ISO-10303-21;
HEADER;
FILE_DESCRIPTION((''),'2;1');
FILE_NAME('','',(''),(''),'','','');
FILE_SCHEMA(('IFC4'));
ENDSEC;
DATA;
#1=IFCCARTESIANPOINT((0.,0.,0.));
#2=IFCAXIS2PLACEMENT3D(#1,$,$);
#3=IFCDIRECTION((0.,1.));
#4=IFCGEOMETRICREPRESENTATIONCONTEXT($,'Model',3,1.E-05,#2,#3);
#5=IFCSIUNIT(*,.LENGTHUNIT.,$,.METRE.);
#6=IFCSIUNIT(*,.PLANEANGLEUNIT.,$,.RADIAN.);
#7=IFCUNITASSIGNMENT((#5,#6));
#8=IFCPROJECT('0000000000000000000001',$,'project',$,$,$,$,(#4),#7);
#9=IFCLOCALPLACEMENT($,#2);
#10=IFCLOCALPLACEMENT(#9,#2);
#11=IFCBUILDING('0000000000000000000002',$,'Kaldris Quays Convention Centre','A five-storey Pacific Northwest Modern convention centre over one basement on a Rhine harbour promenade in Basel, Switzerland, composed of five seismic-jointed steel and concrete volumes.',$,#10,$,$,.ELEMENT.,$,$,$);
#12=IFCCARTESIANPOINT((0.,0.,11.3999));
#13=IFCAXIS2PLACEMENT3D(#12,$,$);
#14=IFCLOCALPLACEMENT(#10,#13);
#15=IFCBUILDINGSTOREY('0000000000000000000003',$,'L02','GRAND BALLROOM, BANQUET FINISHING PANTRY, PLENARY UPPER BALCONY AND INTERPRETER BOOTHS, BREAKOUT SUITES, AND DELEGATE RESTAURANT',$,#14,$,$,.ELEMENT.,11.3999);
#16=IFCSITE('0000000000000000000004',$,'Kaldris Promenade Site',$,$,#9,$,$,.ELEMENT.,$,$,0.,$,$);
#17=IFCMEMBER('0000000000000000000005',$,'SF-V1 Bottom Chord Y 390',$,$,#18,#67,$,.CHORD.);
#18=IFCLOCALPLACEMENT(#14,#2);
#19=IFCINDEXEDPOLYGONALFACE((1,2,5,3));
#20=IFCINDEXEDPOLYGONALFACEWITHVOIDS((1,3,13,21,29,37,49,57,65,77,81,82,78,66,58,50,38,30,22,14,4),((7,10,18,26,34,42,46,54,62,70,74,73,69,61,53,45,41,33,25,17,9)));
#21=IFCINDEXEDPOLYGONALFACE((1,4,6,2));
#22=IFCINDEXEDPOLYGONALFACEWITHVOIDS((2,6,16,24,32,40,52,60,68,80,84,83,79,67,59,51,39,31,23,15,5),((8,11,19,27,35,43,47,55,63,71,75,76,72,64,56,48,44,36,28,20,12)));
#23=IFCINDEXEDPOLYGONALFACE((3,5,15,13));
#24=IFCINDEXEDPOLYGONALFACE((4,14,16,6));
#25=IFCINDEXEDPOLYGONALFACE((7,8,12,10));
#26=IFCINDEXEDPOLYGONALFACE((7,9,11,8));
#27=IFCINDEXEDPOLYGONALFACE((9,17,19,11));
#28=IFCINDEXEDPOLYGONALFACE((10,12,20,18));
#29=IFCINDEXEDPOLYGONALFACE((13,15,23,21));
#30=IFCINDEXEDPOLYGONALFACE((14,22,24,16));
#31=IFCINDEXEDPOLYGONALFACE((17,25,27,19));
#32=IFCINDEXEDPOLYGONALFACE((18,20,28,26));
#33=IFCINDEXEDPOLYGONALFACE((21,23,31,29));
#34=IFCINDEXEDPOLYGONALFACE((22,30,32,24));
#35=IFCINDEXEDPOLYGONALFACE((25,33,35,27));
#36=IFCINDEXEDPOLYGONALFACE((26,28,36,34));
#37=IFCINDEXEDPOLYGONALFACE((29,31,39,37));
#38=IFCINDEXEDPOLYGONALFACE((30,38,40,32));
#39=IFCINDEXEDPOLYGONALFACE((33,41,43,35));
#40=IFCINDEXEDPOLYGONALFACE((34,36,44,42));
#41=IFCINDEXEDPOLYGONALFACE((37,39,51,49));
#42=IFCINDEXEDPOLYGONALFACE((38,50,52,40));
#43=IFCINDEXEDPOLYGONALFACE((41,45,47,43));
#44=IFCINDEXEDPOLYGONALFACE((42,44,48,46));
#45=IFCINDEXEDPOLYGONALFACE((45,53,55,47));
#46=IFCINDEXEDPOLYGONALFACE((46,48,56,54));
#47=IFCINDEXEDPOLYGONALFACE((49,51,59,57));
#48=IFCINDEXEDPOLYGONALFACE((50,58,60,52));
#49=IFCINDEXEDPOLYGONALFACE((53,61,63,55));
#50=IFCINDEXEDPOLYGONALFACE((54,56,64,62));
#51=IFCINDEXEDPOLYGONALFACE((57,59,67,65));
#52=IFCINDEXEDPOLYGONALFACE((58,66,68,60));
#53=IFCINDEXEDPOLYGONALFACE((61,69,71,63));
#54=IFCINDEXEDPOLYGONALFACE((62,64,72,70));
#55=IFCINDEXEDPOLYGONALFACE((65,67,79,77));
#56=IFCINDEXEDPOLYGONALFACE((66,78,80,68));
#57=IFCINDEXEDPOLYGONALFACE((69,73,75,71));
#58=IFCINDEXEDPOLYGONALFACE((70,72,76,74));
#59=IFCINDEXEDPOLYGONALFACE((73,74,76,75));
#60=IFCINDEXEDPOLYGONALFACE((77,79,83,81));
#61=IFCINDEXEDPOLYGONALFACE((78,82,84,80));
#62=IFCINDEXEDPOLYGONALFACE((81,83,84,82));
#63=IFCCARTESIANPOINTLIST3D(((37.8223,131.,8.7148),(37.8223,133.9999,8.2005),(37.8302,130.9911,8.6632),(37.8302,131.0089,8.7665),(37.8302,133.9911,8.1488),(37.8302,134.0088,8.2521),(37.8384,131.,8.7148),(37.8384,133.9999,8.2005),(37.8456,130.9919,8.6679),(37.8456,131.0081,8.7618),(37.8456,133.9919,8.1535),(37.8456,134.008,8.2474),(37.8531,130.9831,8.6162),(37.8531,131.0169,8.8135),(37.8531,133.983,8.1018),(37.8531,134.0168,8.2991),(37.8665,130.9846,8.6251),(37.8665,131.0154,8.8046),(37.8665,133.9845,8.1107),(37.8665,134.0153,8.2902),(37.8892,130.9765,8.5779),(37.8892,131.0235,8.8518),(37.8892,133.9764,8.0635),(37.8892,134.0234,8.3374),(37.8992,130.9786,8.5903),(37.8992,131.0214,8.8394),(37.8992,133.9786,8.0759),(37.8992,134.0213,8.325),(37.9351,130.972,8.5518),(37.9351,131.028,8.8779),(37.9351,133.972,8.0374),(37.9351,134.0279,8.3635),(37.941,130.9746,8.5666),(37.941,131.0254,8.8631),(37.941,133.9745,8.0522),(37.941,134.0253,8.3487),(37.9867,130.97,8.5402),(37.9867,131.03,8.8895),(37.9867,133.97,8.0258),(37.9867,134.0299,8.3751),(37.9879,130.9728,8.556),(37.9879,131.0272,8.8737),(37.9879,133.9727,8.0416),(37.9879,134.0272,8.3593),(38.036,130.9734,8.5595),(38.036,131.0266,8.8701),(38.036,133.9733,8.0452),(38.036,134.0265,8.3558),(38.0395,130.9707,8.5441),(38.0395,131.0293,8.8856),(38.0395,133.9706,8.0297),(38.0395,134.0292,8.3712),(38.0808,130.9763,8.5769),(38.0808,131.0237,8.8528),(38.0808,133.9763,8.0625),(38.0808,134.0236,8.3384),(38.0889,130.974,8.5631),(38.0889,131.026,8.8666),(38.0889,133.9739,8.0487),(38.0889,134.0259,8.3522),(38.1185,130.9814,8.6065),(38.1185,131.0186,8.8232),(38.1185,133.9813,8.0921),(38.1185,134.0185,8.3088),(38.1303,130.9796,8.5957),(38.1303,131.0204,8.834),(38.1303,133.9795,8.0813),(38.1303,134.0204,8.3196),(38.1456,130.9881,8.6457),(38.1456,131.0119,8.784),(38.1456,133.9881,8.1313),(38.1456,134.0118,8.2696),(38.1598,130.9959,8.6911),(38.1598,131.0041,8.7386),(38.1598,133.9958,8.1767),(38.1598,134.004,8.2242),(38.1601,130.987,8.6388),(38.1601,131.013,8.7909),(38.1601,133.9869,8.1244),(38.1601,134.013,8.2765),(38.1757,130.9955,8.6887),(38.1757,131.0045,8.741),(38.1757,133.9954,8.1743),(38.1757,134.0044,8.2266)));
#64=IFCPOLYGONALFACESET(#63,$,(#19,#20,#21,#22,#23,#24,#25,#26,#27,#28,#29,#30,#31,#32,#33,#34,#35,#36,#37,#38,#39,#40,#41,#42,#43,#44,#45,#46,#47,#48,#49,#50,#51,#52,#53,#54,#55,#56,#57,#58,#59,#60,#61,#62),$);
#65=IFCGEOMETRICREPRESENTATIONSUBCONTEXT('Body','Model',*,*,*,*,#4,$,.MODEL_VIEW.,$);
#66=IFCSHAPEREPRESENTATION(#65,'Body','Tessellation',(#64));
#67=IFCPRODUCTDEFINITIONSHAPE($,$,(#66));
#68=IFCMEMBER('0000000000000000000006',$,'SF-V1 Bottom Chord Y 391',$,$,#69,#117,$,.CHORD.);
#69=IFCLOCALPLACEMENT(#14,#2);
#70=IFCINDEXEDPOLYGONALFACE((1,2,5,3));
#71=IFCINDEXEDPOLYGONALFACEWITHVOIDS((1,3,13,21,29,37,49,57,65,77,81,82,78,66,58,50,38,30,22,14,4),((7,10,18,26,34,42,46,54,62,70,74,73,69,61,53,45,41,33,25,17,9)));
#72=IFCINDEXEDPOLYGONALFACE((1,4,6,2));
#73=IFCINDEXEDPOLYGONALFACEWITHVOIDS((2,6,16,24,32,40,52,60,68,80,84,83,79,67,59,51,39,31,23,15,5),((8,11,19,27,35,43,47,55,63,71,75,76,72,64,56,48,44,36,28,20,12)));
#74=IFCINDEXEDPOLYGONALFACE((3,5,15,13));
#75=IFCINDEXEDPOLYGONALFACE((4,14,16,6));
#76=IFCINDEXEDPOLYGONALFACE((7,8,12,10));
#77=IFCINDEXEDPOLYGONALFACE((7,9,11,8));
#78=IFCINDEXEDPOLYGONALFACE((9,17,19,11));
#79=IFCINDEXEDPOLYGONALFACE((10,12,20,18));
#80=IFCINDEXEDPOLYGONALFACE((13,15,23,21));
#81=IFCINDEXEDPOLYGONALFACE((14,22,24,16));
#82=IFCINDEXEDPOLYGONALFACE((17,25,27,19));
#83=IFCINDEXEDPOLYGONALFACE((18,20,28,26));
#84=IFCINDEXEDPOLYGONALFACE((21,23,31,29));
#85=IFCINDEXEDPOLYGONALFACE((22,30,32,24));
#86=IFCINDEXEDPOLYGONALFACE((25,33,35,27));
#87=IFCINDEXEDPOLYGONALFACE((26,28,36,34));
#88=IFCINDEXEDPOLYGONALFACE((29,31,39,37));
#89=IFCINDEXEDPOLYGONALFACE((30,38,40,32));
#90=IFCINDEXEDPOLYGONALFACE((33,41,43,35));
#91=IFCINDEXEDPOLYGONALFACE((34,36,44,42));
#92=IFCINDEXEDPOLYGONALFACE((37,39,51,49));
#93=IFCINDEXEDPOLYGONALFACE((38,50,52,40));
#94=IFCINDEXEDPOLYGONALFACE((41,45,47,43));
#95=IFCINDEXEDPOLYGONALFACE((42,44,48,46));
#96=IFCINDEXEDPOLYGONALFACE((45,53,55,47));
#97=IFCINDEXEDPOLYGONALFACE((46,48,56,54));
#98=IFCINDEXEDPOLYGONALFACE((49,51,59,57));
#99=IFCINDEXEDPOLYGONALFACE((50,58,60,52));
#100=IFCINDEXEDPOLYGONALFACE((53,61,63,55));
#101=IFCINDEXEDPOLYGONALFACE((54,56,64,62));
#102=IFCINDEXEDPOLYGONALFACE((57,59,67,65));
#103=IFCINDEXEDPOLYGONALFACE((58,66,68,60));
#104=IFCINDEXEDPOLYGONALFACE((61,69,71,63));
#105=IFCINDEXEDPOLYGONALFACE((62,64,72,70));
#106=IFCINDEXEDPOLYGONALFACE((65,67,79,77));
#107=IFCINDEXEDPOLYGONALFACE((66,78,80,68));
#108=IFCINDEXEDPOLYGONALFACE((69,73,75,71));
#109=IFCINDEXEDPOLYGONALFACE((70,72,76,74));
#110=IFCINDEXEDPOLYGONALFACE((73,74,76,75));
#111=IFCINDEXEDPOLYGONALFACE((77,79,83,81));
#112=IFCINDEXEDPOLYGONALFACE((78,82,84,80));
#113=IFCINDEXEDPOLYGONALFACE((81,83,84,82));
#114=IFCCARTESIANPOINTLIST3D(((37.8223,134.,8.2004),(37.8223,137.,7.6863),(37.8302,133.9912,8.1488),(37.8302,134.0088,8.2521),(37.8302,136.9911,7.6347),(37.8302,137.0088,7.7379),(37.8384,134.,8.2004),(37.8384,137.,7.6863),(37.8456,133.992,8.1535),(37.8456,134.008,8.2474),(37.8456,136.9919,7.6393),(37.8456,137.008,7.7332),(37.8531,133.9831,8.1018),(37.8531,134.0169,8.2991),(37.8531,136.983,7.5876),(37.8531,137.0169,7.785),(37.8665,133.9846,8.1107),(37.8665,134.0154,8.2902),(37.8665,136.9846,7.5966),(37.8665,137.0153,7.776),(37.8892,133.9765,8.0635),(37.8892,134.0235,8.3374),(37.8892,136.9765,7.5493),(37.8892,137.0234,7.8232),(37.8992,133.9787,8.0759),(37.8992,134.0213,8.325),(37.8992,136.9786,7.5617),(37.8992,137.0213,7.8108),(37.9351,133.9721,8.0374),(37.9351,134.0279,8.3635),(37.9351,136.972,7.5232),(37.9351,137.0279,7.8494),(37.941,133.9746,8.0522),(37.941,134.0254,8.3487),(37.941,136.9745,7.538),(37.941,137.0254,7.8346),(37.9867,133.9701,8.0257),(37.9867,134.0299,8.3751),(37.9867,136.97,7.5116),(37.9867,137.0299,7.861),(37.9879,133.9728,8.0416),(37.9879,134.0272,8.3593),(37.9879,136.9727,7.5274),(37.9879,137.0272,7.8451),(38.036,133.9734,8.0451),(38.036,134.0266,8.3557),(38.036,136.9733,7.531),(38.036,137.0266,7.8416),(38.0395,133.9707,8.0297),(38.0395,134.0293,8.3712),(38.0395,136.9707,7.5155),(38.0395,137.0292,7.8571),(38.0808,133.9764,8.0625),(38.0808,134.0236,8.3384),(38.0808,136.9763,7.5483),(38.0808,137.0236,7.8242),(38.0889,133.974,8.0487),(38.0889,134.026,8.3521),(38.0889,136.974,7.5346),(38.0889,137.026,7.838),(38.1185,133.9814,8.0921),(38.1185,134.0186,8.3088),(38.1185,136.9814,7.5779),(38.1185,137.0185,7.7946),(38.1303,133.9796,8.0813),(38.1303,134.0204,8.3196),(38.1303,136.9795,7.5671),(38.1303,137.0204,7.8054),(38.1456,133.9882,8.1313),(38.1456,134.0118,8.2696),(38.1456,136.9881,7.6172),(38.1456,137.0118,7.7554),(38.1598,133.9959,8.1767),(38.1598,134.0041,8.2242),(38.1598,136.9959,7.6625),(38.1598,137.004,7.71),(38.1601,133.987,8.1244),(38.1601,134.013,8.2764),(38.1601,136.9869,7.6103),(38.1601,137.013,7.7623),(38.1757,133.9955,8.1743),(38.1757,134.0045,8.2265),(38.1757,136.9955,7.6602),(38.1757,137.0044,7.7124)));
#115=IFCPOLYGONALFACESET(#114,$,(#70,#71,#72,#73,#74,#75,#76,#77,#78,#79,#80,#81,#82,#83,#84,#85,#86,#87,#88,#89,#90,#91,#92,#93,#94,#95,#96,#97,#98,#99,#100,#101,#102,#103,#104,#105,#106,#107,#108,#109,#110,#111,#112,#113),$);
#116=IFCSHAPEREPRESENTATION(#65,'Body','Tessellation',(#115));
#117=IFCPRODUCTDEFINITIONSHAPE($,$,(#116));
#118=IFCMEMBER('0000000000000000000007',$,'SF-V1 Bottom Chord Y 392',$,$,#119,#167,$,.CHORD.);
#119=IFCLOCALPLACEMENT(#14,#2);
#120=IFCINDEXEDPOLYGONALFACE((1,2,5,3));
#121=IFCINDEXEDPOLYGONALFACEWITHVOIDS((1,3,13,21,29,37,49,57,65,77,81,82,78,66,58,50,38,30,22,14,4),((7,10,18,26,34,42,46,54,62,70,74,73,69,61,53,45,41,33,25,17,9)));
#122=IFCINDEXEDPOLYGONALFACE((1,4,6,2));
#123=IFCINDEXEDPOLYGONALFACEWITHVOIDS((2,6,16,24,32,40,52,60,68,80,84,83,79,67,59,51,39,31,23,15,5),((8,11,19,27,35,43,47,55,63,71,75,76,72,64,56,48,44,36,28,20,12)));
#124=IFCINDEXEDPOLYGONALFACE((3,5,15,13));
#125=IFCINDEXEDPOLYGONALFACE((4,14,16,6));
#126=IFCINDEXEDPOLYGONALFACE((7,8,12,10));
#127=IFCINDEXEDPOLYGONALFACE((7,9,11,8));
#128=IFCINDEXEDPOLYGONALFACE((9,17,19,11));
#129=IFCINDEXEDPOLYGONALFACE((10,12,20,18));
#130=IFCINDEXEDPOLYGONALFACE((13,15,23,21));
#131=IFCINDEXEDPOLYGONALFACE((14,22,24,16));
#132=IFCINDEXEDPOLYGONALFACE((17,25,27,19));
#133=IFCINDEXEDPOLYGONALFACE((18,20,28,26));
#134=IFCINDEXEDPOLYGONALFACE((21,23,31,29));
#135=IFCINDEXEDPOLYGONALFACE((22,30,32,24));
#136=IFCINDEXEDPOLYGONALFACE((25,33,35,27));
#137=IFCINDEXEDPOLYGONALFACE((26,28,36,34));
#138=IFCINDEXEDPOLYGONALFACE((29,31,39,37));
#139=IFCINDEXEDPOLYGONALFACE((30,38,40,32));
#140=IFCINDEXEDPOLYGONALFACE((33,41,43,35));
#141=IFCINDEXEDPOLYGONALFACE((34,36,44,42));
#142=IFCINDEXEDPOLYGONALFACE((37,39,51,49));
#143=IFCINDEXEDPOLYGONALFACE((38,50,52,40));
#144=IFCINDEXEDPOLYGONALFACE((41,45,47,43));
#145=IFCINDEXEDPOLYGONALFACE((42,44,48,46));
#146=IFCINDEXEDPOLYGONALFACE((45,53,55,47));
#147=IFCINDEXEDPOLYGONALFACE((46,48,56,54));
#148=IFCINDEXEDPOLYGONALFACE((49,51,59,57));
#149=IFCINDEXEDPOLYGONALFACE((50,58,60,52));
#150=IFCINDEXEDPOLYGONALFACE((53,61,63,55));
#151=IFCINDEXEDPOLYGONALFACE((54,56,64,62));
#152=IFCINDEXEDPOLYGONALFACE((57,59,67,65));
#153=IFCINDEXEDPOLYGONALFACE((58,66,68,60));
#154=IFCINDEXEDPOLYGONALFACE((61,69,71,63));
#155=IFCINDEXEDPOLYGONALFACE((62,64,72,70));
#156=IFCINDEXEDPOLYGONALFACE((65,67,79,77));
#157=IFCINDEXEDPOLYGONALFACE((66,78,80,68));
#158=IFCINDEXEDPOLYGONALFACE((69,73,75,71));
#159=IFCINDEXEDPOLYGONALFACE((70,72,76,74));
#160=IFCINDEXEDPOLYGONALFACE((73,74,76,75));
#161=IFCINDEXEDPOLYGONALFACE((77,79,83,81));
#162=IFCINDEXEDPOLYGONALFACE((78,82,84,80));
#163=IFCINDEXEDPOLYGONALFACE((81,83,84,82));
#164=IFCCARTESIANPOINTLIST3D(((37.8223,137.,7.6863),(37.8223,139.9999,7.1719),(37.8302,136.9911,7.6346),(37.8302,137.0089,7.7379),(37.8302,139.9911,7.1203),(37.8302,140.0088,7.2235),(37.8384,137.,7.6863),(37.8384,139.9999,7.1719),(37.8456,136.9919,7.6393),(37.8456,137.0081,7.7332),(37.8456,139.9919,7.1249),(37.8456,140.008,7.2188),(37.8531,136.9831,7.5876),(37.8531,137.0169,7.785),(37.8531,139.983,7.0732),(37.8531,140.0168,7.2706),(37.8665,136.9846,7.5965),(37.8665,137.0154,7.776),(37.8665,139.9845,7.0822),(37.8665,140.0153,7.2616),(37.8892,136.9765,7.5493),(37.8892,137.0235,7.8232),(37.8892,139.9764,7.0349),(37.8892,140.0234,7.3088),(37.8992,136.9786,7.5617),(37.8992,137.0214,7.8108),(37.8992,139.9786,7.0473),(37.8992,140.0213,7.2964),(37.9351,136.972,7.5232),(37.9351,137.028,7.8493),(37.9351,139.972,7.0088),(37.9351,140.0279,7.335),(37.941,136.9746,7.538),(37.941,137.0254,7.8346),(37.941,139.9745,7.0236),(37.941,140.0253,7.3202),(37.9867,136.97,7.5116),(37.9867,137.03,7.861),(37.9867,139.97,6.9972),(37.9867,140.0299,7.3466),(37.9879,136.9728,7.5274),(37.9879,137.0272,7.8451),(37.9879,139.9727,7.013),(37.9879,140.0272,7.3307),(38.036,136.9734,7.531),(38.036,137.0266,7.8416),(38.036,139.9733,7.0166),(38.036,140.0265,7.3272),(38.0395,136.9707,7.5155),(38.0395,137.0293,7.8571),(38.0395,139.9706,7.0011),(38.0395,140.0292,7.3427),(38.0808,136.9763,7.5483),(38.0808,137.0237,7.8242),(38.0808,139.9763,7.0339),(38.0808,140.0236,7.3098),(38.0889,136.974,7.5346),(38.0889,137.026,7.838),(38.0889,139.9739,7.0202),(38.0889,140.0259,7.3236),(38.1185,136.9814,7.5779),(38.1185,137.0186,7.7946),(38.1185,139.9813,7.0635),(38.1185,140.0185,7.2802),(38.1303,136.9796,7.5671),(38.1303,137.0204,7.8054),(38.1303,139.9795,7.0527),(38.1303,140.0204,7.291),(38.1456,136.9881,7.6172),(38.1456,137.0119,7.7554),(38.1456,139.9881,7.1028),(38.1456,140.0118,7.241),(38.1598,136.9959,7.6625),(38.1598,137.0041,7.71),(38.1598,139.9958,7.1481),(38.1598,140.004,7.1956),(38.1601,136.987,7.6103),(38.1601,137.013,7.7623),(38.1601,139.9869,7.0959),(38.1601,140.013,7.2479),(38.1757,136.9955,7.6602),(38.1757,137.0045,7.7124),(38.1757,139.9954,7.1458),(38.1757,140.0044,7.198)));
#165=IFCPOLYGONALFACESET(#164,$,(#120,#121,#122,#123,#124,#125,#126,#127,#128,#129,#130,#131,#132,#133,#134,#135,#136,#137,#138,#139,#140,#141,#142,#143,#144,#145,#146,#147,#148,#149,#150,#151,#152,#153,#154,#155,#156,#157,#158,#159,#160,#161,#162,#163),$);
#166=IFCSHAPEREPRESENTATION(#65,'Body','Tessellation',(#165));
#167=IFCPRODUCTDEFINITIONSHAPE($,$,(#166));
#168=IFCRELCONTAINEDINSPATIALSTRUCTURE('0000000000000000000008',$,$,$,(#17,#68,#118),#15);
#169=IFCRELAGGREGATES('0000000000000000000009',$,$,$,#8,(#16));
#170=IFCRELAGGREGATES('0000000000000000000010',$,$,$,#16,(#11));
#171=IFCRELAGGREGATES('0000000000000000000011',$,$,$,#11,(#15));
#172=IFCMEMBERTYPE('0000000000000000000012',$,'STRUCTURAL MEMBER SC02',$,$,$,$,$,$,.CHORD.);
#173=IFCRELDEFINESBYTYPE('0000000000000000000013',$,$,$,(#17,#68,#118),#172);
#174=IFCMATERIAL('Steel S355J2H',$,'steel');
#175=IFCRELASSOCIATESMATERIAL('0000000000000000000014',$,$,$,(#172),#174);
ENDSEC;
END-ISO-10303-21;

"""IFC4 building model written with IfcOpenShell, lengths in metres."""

from ifc_helpers import new_model, si_unit, direction, frame, origin, origin_2d, place, context, subcontext, project, spatial, hollow_circle, extrude, material, material_profile, profile_set, type_object, element, save


model = new_model("IFC4")

# Units and contexts
model_context = context("Model", 3, precision=1e-05, world=origin(), true_north=direction((0.0, 1.0)))
body_context = subcontext(model_context, "Body", "Model", "MODEL_VIEW")
ifc_project = project(units=[si_unit("LENGTHUNIT", "METRE"), si_unit("PLANEANGLEUNIT", "RADIAN")], contexts=[model_context])

# Site, building, storey
site_placement = place(None, origin())
site = spatial("IfcSite", under=ifc_project, at=site_placement, Name="Kaldris Promenade Site", CompositionType="ELEMENT", RefElevation=0.0)
building_placement = place(site_placement, origin())
building = spatial("IfcBuilding", under=site, at=building_placement, Name="Kaldris Quays Convention Centre", Description="A five-storey Pacific Northwest Modern convention centre over one basement on a Rhine harbour promenade in Basel, Switzerland, composed of five seismic-jointed steel and concrete volumes.", CompositionType="ELEMENT")
storey_placement = place(building_placement, frame((0.0, 0.0, 11.3999)))
storey = spatial("IfcBuildingStorey", under=building, at=storey_placement, Name="L02", Description="GRAND BALLROOM, BANQUET FINISHING PANTRY, PLENARY UPPER BALCONY AND INTERPRETER BOOTHS, BREAKOUT SUITES, AND DELEGATE RESTAURANT", CompositionType="ELEMENT", Elevation=11.3999)

# Members
ifc_material = material(Name="Steel S355J2H", Category="steel")
ifc_material_profile_1 = material_profile(ifc_material, hollow_circle(Radius=0.1777, WallThickness=0.0161, at=origin_2d()), Name="CHS 355.6x16")
ifc_profile_set_1 = profile_set([ifc_material_profile_1], Name="Steel S355J2H")
member_type_1 = type_object("IfcMemberType", Name="STRUCTURAL MEMBER SC02", PredefinedType="CHORD", material=ifc_profile_set_1)
for number, where, z_axis, x_axis, name in (
    (1, (38.0, 131.0, 8.7148), (0.0, 0.985616, -0.169002), (-1.0, 0.0, 0.0), "SF-V1 Bottom Chord Y 390"),
    (2, (38.0, 134.0, 8.2004), (0.0, 0.985629, -0.168924), (-1.0, 0.0, 0.0), "SF-V1 Bottom Chord Y 391"),
    (3, (38.0, 137.0, 7.6863), (0.0, 0.985616, -0.169002), (-1.0, 0.0, 0.0), "SF-V1 Bottom Chord Y 392"),
):
    element("IfcMember", number, at=place(storey_placement, frame(where, z_axis=z_axis, x_axis=x_axis)), inside=storey, type_object=member_type_1, Name=name, PredefinedType="CHORD", context=body_context, shape_type="SweptSolid", body=[
        extrude(hollow_circle(Radius=0.1777, WallThickness=0.0161, at=origin_2d()), origin(), (0.0, 0.0, 1.0), 3.0437),
    ])

save(model, "model.ifc")
